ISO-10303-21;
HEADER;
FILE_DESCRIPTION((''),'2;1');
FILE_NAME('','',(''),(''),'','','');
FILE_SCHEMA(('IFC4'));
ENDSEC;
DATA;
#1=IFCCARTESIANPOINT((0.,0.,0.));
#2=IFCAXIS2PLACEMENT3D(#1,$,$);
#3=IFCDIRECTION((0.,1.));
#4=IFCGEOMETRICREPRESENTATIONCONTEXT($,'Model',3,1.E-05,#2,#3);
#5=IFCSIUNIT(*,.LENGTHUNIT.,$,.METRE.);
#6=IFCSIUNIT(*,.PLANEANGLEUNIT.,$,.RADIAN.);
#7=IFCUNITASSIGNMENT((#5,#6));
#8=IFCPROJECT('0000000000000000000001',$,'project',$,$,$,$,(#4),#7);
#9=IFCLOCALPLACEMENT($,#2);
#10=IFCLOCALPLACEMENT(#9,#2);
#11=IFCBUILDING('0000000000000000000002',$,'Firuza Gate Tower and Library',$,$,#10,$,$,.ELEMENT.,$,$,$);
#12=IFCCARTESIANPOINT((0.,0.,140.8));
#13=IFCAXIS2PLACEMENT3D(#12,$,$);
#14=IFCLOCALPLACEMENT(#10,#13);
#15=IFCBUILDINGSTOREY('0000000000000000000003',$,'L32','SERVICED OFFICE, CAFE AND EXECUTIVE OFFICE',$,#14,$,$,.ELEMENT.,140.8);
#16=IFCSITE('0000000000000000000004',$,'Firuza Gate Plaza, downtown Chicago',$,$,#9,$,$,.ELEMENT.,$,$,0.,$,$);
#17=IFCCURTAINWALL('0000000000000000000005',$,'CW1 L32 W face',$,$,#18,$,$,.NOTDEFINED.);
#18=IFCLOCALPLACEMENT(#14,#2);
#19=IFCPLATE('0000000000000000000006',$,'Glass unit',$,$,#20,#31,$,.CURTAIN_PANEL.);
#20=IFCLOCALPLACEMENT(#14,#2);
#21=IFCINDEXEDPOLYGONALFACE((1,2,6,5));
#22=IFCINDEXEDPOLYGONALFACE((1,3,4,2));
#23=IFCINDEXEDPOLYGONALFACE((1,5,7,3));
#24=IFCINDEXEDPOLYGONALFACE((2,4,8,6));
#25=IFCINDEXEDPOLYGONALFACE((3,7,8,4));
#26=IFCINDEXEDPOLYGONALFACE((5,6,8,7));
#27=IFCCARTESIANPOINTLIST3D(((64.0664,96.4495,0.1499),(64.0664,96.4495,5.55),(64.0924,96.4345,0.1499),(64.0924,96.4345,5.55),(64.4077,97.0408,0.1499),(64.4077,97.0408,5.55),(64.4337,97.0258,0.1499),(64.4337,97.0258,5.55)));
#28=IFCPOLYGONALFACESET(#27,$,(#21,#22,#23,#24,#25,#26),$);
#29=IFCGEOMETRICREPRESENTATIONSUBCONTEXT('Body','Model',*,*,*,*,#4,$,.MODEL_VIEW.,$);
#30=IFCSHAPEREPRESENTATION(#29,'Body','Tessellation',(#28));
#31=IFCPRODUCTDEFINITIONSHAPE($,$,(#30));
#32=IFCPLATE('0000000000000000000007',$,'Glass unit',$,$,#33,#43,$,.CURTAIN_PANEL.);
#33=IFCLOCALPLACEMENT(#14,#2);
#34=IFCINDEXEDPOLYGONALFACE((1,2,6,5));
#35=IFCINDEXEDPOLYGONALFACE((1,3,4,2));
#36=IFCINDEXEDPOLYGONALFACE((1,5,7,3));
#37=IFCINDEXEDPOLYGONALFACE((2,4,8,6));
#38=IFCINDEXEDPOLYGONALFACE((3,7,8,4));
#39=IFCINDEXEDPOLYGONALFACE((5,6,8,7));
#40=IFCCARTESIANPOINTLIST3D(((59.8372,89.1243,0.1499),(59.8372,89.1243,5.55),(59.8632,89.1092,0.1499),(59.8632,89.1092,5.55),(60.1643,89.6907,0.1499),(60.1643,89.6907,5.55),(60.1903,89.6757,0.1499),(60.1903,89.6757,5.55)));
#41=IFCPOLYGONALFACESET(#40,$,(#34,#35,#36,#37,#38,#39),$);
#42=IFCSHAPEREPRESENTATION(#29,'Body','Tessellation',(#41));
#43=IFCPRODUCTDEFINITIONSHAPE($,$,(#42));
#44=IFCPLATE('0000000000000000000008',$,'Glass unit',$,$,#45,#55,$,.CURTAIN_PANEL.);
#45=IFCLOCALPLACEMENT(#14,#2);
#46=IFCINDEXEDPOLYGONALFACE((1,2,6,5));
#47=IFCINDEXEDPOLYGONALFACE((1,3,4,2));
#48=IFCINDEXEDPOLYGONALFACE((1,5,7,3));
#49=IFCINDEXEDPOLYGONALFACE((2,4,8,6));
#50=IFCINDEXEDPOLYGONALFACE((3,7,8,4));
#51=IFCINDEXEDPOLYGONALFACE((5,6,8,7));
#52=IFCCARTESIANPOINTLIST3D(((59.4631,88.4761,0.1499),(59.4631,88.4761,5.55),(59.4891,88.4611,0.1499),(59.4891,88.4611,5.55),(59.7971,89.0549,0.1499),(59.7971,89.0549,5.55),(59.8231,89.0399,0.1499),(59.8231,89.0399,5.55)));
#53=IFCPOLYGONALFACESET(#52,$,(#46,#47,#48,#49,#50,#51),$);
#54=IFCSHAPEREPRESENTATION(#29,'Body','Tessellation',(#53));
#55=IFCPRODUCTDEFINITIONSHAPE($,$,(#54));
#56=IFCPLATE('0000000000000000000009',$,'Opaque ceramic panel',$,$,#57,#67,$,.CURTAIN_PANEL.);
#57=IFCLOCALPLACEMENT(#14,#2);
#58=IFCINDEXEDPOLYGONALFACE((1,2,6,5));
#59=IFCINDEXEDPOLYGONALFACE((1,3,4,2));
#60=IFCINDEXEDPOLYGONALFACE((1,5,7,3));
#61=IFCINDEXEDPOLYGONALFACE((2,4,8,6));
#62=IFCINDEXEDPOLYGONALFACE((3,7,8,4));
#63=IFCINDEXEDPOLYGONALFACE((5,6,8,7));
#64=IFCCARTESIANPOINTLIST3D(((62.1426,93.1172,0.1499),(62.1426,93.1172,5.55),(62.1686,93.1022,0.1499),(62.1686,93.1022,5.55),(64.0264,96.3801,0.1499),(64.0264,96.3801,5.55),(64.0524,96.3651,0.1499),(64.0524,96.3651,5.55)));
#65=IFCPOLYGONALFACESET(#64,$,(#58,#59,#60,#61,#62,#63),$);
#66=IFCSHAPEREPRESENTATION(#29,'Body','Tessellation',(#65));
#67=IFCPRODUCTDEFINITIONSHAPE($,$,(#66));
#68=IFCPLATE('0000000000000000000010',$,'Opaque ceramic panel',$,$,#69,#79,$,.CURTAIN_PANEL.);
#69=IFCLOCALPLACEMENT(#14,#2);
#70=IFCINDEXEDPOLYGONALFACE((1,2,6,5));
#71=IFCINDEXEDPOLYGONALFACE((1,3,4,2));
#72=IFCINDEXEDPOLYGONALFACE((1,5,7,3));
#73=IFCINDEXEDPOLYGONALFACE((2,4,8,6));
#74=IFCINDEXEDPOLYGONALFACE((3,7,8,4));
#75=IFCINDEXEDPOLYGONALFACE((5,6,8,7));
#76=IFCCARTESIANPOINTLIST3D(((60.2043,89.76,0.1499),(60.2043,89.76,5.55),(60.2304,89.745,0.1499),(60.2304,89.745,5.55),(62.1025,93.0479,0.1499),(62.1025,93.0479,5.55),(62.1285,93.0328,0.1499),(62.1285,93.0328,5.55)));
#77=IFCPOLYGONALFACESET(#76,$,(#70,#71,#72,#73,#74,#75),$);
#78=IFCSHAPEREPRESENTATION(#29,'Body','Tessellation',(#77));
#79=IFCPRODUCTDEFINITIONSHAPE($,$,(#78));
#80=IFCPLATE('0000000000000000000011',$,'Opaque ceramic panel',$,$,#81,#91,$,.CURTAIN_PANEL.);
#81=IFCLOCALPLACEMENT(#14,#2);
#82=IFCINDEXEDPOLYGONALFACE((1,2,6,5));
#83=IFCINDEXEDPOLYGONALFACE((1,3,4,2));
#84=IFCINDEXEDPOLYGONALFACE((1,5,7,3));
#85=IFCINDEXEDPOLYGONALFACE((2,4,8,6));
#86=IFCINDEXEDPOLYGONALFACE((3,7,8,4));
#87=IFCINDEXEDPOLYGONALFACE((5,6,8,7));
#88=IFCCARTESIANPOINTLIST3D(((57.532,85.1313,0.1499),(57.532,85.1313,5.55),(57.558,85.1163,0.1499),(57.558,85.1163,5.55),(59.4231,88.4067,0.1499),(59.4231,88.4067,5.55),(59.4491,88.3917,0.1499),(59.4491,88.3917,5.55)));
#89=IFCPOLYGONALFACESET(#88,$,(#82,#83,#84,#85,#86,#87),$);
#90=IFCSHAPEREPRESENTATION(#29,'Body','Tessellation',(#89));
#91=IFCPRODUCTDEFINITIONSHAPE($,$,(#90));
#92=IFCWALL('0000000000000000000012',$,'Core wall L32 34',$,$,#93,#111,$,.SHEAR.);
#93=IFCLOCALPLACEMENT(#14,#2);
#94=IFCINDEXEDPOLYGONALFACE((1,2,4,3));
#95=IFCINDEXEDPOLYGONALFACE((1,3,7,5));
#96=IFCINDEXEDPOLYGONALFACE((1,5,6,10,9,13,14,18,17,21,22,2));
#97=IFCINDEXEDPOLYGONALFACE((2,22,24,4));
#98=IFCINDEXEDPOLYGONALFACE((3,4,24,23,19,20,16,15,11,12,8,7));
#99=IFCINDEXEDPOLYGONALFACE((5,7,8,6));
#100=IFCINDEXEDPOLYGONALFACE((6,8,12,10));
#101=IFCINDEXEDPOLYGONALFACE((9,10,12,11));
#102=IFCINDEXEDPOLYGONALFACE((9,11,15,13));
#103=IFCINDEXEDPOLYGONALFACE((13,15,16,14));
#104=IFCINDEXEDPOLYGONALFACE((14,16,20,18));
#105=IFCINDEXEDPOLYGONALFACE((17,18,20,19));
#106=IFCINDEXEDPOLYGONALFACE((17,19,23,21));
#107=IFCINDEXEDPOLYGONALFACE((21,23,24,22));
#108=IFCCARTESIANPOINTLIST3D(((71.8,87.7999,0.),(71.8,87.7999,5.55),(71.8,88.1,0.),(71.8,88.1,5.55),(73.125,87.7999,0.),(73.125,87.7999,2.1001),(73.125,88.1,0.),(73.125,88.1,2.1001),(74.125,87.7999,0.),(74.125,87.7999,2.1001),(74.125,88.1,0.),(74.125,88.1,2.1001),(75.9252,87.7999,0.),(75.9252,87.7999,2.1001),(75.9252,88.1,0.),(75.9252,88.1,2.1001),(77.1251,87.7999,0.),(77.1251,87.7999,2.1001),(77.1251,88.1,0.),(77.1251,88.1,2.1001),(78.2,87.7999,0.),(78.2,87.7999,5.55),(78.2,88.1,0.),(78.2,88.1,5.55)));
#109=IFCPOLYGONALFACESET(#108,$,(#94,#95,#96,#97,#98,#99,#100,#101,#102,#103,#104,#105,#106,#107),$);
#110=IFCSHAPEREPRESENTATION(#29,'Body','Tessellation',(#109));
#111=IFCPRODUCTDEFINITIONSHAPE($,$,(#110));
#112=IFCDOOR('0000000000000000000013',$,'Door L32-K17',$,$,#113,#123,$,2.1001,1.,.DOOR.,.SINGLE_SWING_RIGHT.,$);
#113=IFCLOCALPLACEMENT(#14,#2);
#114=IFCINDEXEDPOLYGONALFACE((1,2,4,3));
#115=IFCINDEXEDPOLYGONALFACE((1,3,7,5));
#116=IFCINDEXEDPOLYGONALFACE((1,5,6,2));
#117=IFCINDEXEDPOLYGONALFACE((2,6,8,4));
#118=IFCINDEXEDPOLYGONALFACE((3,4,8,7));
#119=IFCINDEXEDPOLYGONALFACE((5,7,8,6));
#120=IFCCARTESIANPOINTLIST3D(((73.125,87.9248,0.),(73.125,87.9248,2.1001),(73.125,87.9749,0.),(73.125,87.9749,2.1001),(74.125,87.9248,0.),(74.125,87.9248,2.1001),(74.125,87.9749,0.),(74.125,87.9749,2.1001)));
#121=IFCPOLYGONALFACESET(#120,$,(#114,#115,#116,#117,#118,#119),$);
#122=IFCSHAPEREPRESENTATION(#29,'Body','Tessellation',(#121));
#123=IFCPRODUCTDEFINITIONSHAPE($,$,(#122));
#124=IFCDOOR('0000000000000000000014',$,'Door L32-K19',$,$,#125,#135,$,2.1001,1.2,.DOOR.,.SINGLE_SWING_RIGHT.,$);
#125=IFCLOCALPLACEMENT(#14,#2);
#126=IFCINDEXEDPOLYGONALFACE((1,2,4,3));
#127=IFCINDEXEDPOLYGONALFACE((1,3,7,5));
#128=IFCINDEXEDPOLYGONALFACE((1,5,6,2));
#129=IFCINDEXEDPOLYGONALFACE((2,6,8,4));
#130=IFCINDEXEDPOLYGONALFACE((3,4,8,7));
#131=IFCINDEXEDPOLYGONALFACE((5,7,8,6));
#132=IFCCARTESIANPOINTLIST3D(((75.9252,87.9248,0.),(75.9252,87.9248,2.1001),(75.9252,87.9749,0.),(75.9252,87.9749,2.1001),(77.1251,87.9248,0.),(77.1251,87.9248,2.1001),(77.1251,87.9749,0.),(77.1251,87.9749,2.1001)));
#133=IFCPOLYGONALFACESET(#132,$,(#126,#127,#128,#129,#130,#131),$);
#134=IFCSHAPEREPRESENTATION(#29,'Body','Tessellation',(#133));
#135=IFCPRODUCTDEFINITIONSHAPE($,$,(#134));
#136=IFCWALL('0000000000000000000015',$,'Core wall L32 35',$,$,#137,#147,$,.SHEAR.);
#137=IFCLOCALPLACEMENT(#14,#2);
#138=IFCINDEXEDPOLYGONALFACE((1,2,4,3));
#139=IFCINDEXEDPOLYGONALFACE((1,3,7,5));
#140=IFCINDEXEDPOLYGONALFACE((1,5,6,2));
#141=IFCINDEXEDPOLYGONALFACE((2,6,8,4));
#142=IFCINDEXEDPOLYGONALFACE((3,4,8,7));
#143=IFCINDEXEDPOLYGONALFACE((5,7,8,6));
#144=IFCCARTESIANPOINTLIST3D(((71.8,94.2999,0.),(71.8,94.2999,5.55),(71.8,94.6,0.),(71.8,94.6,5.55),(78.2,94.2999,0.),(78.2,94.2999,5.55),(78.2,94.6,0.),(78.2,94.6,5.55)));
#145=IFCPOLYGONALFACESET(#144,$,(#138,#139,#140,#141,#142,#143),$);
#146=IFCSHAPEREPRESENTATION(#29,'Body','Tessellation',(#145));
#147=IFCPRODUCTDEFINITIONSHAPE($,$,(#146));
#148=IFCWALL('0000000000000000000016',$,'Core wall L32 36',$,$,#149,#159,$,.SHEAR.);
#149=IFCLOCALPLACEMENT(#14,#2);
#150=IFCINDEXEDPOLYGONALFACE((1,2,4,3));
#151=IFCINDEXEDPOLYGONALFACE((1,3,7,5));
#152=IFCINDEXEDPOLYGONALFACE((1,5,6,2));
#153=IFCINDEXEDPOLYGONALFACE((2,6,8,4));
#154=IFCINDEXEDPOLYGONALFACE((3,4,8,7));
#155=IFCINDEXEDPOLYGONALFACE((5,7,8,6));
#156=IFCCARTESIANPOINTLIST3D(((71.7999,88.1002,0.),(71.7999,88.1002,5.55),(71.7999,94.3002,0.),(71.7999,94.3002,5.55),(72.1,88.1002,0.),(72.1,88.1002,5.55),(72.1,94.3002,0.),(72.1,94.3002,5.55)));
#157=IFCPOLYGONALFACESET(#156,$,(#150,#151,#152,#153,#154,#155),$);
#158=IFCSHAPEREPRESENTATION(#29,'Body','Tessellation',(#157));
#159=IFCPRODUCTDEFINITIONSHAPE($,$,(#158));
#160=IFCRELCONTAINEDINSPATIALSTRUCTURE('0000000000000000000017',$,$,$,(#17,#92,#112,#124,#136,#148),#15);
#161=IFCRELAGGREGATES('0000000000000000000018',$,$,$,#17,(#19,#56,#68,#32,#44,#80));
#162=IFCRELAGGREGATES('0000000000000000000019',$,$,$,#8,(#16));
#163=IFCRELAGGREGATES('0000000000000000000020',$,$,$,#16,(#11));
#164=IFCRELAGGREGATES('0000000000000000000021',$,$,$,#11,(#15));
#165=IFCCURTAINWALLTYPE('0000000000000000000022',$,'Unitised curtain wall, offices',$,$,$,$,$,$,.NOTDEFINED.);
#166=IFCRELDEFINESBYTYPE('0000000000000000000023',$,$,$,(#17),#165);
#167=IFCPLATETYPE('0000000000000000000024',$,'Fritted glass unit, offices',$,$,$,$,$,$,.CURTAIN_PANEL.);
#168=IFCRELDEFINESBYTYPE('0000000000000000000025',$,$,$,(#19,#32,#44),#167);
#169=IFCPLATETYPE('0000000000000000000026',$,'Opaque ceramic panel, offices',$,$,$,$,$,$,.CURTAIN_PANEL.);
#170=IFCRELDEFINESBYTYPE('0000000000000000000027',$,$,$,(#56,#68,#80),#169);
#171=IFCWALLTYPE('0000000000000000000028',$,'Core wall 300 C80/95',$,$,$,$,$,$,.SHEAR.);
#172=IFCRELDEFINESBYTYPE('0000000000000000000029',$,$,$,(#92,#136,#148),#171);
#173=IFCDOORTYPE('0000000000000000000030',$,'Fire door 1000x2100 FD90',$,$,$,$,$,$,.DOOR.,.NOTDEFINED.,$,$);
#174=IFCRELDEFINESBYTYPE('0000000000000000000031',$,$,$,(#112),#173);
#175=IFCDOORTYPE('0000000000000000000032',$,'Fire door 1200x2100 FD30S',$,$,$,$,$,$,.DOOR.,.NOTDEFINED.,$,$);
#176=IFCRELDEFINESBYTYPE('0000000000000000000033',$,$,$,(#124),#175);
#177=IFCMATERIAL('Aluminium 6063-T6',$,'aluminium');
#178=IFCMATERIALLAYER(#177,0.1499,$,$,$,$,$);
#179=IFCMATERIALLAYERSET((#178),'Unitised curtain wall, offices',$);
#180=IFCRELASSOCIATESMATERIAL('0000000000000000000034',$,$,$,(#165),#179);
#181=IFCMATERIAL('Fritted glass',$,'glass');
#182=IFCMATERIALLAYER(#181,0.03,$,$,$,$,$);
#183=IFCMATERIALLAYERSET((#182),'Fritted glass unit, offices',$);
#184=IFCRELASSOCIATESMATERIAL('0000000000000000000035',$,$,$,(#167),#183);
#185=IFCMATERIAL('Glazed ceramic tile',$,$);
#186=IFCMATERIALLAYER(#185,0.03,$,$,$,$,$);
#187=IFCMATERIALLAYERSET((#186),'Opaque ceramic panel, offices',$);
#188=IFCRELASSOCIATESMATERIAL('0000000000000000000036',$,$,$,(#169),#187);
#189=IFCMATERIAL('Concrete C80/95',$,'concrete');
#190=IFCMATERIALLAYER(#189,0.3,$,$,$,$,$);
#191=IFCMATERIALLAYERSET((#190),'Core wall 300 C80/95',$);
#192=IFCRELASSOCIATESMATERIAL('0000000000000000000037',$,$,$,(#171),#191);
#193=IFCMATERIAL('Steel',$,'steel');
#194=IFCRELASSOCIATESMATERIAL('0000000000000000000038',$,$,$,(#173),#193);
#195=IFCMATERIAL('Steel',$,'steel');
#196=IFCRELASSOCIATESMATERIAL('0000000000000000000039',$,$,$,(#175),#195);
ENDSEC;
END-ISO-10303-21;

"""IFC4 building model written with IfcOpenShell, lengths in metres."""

from ifc_helpers import new_model, si_unit, direction, frame, frame_2d, origin, place, context, subcontext, project, spatial, polyline, rectangle, outline, extrude, material, layer, layer_set, type_object, element, fill, aggregate, save


model = new_model("IFC4")

# Units and contexts
model_context = context("Model", 3, precision=1e-05, world=origin(), true_north=direction((0.0, 1.0)))
body_context = subcontext(model_context, "Body", "Model", "MODEL_VIEW")
ifc_project = project(units=[si_unit("LENGTHUNIT", "METRE"), si_unit("PLANEANGLEUNIT", "RADIAN")], contexts=[model_context])

# Site, building, storey
site_placement = place(None, origin())
site = spatial("IfcSite", under=ifc_project, at=site_placement, Name="Firuza Gate Plaza, downtown Chicago", CompositionType="ELEMENT", RefElevation=0.0)
building_placement = place(site_placement, origin())
building = spatial("IfcBuilding", under=site, at=building_placement, Name="Firuza Gate Tower and Library", CompositionType="ELEMENT")
storey_placement = place(building_placement, frame((0.0, 0.0, 140.8)))
storey = spatial("IfcBuildingStorey", under=building, at=storey_placement, Name="L32", Description="SERVICED OFFICE, CAFE AND EXECUTIVE OFFICE", CompositionType="ELEMENT", Elevation=140.8)

# Curtain wall
ifc_material_1 = material(Name="Aluminium 6063-T6", Category="aluminium")
ifc_layer_1 = layer(ifc_material_1, 0.1499)
ifc_layer_set_1 = layer_set([ifc_layer_1], Name="Unitised curtain wall, offices")
curtain_wall_type = type_object("IfcCurtainWallType", Name="Unitised curtain wall, offices", PredefinedType="NOTDEFINED", material=ifc_layer_set_1)
placement = place(storey_placement, origin())
curtain_wall = element("IfcCurtainWall", 1, at=placement, inside=storey, type_object=curtain_wall_type, Name="CW1 L32 W face", PredefinedType="NOTDEFINED")

# Plates
ifc_material_2 = material(Name="Fritted glass", Category="glass")
ifc_layer_2 = layer(ifc_material_2, 0.03)
ifc_layer_set_2 = layer_set([ifc_layer_2], Name="Fritted glass unit, offices")
plate_type_1 = type_object("IfcPlateType", Name="Fritted glass unit, offices", PredefinedType="CURTAIN_PANEL", material=ifc_layer_set_2)
plate_1_placement = place(storey_placement, frame((64.4077, 97.0408, 0.1499), z_axis=(-0.866078, 0.499908, 0.0), x_axis=(-0.499908, -0.866078, 0.0)))
plate_1 = element("IfcPlate", 2, at=plate_1_placement, type_object=plate_type_1, Name="Glass unit", PredefinedType="CURTAIN_PANEL", context=body_context, shape_type="SweptSolid", body=[
    extrude(outline(polyline([(0.0, 0.0), (0.6827, 0.0), (0.6827, 5.4001), (0.0, 5.4001), (0.0, 0.0)])), origin(), (0.0, 0.0, -1.0), 0.03),
])
plate_2_placement = place(storey_placement, frame((60.1643, 89.6907, 0.1499), z_axis=(-0.865937, 0.500153, 0.0), x_axis=(-0.500153, -0.865937, 0.0)))
plate_2 = element("IfcPlate", 3, at=plate_2_placement, type_object=plate_type_1, Name="Glass unit", PredefinedType="CURTAIN_PANEL", context=body_context, shape_type="SweptSolid", body=[
    extrude(outline(polyline([(0.0, 0.0), (0.6541, 0.0), (0.6541, 5.4001), (0.0, 5.4001), (0.0, 0.0)])), origin(), (0.0, 0.0, -1.0), 0.03),
])
plate_3_placement = place(storey_placement, frame((59.7971, 89.0549, 0.1499), z_axis=(-0.866167, 0.499754, 0.0), x_axis=(-0.499754, -0.866167, 0.0)))
plate_3 = element("IfcPlate", 4, at=plate_3_placement, type_object=plate_type_1, Name="Glass unit", PredefinedType="CURTAIN_PANEL", context=body_context, shape_type="SweptSolid", body=[
    extrude(outline(polyline([(0.0, 0.0), (0.6683, 0.0), (0.6683, 5.4001), (0.0, 5.4001), (0.0, 0.0)])), origin(), (0.0, 0.0, -1.0), 0.03),
])
ifc_material_3 = material(Name="Glazed ceramic tile")
ifc_layer_3 = layer(ifc_material_3, 0.03)
ifc_layer_set_3 = layer_set([ifc_layer_3], Name="Opaque ceramic panel, offices")
plate_type_2 = type_object("IfcPlateType", Name="Opaque ceramic panel, offices", PredefinedType="CURTAIN_PANEL", material=ifc_layer_set_3)
plate_4_placement = place(storey_placement, frame((64.0264, 96.3801, 0.1499), z_axis=(-0.866033, 0.499986, 0.0), x_axis=(-0.499986, -0.866033, 0.0)))
plate_4 = element("IfcPlate", 5, at=plate_4_placement, type_object=plate_type_2, Name="Opaque ceramic panel", PredefinedType="CURTAIN_PANEL", context=body_context, shape_type="SweptSolid", body=[
    extrude(outline(polyline([(0.0, 0.0), (3.7677, 0.0), (3.7677, 5.4001), (0.0, 5.4001), (0.0, 0.0)])), origin(), (0.0, 0.0, -1.0), 0.03),
])
plate_5_placement = place(storey_placement, frame((62.1025, 93.0479, 0.1499), z_axis=(-0.86603, 0.499992, 0.0), x_axis=(-0.499992, -0.86603, 0.0)))
plate_5 = element("IfcPlate", 6, at=plate_5_placement, type_object=plate_type_2, Name="Opaque ceramic panel", PredefinedType="CURTAIN_PANEL", context=body_context, shape_type="SweptSolid", body=[
    extrude(outline(polyline([(0.0, 0.0), (3.7965, 0.0), (3.7965, 5.4001), (0.0, 5.4001), (0.0, 0.0)])), origin(), (0.0, 0.0, -1.0), 0.03),
])
plate_6_placement = place(storey_placement, frame((59.4231, 88.4067, 0.1499), z_axis=(-0.866018, 0.500013, 0.0), x_axis=(-0.500013, -0.866018, 0.0)))
plate_6 = element("IfcPlate", 7, at=plate_6_placement, type_object=plate_type_2, Name="Opaque ceramic panel", PredefinedType="CURTAIN_PANEL", context=body_context, shape_type="SweptSolid", body=[
    extrude(outline(polyline([(0.0, 0.0), (3.7821, 0.0), (3.7821, 5.4001), (0.0, 5.4001), (0.0, 0.0)])), origin(), (0.0, 0.0, -1.0), 0.03),
])
aggregate(curtain_wall, [plate_1, plate_4, plate_5, plate_2, plate_3, plate_6])

# Wall, openings, doors
ifc_material_4 = material(Name="Concrete C80/95", Category="concrete")
ifc_layer_4 = layer(ifc_material_4, 0.3)
ifc_layer_set_4 = layer_set([ifc_layer_4], Name="Core wall 300 C80/95")
wall_type_1 = type_object("IfcWallType", Name="Core wall 300 C80/95", PredefinedType="SHEAR", material=ifc_layer_set_4)
wall_1_placement = place(storey_placement, frame((71.8, 87.95, 0.0), z_axis=(0.0, 0.0, 1.0), x_axis=(1.0, 0.0, 0.0)))
wall_1 = element("IfcWall", 8, at=wall_1_placement, inside=storey, type_object=wall_type_1, Name="Core wall L32 34", PredefinedType="SHEAR", context=body_context, shape_type="SweptSolid", body=[
    extrude(rectangle(XDim=6.3999, YDim=0.3, at=frame_2d((3.2, 0.0))), origin(), (0.0, 0.0, 1.0), 5.55),
])
opening_1_placement = place(wall_1_placement, frame((1.325, 0.0, 0.0)))
opening_1 = element("IfcOpeningElement", 9, at=opening_1_placement, cuts=wall_1, PredefinedType="OPENING", context=body_context, shape_type="SweptSolid", body=[
    extrude(rectangle(XDim=1.0, YDim=2.1001, at=frame_2d((0.5, 1.05))), frame((0.0, 0.1602, 0.0), z_axis=(0.0, -1.0, 0.0), x_axis=(1.0, 0.0, 0.0)), (0.0, 0.0, 1.0), 0.3201),
])
opening_2_placement = place(wall_1_placement, frame((4.125, 0.0, 0.0)))
opening_2 = element("IfcOpeningElement", 10, at=opening_2_placement, cuts=wall_1, PredefinedType="OPENING", context=body_context, shape_type="SweptSolid", body=[
    extrude(rectangle(XDim=1.2, YDim=2.1001, at=frame_2d((0.6001, 1.05))), frame((0.0, 0.1602, 0.0), z_axis=(0.0, -1.0, 0.0), x_axis=(1.0, 0.0, 0.0)), (0.0, 0.0, 1.0), 0.3201),
])
ifc_material_5 = material(Name="Steel", Category="steel")
door_type_1 = type_object("IfcDoorType", Name="Fire door 1000x2100 FD90", OperationType="NOTDEFINED", PredefinedType="DOOR", material=ifc_material_5)
door_1_placement = place(opening_1_placement, origin())
door_1 = element("IfcDoor", 11, at=door_1_placement, inside=storey, type_object=door_type_1, Name="Door L32-K17", OperationType="SINGLE_SWING_RIGHT", OverallHeight=2.1001, OverallWidth=1.0, PredefinedType="DOOR", context=body_context, shape_type="SweptSolid", body=[
    extrude(rectangle(XDim=1.0, YDim=2.1001, at=frame_2d((0.5, 1.05))), frame((0.0, 0.0249, 0.0), z_axis=(0.0, -1.0, 0.0), x_axis=(1.0, 0.0, 0.0)), (0.0, 0.0, 1.0), 0.05),
])
fill(opening_1, door_1)
ifc_material_6 = material(Name="Steel", Category="steel")
door_type_2 = type_object("IfcDoorType", Name="Fire door 1200x2100 FD30S", OperationType="NOTDEFINED", PredefinedType="DOOR", material=ifc_material_6)
door_2_placement = place(opening_2_placement, origin())
door_2 = element("IfcDoor", 12, at=door_2_placement, inside=storey, type_object=door_type_2, Name="Door L32-K19", OperationType="SINGLE_SWING_RIGHT", OverallHeight=2.1001, OverallWidth=1.2, PredefinedType="DOOR", context=body_context, shape_type="SweptSolid", body=[
    extrude(rectangle(XDim=1.2, YDim=2.1001, at=frame_2d((0.6001, 1.05))), frame((0.0, 0.0249, 0.0), z_axis=(0.0, -1.0, 0.0), x_axis=(1.0, 0.0, 0.0)), (0.0, 0.0, 1.0), 0.05),
])
fill(opening_2, door_2)

# Walls
wall_2_placement = place(storey_placement, frame((71.8, 94.45, 0.0), z_axis=(0.0, 0.0, 1.0), x_axis=(1.0, 0.0, 0.0)))
element("IfcWall", 13, at=wall_2_placement, inside=storey, type_object=wall_type_1, Name="Core wall L32 35", PredefinedType="SHEAR", context=body_context, shape_type="SweptSolid", body=[
    extrude(rectangle(XDim=6.3999, YDim=0.3, at=frame_2d((3.2, 0.0))), origin(), (0.0, 0.0, 1.0), 5.55),
])
wall_3_placement = place(storey_placement, frame((71.95, 88.1001, 0.0), z_axis=(0.0, 0.0, 1.0), x_axis=(0.0, 1.0, 0.0)))
element("IfcWall", 14, at=wall_3_placement, inside=storey, type_object=wall_type_1, Name="Core wall L32 36", PredefinedType="SHEAR", context=body_context, shape_type="SweptSolid", body=[
    extrude(rectangle(XDim=6.2, YDim=0.3, at=frame_2d((3.1001, 0.0))), origin(), (0.0, 0.0, 1.0), 5.55),
])

save(model, "model.ifc")
